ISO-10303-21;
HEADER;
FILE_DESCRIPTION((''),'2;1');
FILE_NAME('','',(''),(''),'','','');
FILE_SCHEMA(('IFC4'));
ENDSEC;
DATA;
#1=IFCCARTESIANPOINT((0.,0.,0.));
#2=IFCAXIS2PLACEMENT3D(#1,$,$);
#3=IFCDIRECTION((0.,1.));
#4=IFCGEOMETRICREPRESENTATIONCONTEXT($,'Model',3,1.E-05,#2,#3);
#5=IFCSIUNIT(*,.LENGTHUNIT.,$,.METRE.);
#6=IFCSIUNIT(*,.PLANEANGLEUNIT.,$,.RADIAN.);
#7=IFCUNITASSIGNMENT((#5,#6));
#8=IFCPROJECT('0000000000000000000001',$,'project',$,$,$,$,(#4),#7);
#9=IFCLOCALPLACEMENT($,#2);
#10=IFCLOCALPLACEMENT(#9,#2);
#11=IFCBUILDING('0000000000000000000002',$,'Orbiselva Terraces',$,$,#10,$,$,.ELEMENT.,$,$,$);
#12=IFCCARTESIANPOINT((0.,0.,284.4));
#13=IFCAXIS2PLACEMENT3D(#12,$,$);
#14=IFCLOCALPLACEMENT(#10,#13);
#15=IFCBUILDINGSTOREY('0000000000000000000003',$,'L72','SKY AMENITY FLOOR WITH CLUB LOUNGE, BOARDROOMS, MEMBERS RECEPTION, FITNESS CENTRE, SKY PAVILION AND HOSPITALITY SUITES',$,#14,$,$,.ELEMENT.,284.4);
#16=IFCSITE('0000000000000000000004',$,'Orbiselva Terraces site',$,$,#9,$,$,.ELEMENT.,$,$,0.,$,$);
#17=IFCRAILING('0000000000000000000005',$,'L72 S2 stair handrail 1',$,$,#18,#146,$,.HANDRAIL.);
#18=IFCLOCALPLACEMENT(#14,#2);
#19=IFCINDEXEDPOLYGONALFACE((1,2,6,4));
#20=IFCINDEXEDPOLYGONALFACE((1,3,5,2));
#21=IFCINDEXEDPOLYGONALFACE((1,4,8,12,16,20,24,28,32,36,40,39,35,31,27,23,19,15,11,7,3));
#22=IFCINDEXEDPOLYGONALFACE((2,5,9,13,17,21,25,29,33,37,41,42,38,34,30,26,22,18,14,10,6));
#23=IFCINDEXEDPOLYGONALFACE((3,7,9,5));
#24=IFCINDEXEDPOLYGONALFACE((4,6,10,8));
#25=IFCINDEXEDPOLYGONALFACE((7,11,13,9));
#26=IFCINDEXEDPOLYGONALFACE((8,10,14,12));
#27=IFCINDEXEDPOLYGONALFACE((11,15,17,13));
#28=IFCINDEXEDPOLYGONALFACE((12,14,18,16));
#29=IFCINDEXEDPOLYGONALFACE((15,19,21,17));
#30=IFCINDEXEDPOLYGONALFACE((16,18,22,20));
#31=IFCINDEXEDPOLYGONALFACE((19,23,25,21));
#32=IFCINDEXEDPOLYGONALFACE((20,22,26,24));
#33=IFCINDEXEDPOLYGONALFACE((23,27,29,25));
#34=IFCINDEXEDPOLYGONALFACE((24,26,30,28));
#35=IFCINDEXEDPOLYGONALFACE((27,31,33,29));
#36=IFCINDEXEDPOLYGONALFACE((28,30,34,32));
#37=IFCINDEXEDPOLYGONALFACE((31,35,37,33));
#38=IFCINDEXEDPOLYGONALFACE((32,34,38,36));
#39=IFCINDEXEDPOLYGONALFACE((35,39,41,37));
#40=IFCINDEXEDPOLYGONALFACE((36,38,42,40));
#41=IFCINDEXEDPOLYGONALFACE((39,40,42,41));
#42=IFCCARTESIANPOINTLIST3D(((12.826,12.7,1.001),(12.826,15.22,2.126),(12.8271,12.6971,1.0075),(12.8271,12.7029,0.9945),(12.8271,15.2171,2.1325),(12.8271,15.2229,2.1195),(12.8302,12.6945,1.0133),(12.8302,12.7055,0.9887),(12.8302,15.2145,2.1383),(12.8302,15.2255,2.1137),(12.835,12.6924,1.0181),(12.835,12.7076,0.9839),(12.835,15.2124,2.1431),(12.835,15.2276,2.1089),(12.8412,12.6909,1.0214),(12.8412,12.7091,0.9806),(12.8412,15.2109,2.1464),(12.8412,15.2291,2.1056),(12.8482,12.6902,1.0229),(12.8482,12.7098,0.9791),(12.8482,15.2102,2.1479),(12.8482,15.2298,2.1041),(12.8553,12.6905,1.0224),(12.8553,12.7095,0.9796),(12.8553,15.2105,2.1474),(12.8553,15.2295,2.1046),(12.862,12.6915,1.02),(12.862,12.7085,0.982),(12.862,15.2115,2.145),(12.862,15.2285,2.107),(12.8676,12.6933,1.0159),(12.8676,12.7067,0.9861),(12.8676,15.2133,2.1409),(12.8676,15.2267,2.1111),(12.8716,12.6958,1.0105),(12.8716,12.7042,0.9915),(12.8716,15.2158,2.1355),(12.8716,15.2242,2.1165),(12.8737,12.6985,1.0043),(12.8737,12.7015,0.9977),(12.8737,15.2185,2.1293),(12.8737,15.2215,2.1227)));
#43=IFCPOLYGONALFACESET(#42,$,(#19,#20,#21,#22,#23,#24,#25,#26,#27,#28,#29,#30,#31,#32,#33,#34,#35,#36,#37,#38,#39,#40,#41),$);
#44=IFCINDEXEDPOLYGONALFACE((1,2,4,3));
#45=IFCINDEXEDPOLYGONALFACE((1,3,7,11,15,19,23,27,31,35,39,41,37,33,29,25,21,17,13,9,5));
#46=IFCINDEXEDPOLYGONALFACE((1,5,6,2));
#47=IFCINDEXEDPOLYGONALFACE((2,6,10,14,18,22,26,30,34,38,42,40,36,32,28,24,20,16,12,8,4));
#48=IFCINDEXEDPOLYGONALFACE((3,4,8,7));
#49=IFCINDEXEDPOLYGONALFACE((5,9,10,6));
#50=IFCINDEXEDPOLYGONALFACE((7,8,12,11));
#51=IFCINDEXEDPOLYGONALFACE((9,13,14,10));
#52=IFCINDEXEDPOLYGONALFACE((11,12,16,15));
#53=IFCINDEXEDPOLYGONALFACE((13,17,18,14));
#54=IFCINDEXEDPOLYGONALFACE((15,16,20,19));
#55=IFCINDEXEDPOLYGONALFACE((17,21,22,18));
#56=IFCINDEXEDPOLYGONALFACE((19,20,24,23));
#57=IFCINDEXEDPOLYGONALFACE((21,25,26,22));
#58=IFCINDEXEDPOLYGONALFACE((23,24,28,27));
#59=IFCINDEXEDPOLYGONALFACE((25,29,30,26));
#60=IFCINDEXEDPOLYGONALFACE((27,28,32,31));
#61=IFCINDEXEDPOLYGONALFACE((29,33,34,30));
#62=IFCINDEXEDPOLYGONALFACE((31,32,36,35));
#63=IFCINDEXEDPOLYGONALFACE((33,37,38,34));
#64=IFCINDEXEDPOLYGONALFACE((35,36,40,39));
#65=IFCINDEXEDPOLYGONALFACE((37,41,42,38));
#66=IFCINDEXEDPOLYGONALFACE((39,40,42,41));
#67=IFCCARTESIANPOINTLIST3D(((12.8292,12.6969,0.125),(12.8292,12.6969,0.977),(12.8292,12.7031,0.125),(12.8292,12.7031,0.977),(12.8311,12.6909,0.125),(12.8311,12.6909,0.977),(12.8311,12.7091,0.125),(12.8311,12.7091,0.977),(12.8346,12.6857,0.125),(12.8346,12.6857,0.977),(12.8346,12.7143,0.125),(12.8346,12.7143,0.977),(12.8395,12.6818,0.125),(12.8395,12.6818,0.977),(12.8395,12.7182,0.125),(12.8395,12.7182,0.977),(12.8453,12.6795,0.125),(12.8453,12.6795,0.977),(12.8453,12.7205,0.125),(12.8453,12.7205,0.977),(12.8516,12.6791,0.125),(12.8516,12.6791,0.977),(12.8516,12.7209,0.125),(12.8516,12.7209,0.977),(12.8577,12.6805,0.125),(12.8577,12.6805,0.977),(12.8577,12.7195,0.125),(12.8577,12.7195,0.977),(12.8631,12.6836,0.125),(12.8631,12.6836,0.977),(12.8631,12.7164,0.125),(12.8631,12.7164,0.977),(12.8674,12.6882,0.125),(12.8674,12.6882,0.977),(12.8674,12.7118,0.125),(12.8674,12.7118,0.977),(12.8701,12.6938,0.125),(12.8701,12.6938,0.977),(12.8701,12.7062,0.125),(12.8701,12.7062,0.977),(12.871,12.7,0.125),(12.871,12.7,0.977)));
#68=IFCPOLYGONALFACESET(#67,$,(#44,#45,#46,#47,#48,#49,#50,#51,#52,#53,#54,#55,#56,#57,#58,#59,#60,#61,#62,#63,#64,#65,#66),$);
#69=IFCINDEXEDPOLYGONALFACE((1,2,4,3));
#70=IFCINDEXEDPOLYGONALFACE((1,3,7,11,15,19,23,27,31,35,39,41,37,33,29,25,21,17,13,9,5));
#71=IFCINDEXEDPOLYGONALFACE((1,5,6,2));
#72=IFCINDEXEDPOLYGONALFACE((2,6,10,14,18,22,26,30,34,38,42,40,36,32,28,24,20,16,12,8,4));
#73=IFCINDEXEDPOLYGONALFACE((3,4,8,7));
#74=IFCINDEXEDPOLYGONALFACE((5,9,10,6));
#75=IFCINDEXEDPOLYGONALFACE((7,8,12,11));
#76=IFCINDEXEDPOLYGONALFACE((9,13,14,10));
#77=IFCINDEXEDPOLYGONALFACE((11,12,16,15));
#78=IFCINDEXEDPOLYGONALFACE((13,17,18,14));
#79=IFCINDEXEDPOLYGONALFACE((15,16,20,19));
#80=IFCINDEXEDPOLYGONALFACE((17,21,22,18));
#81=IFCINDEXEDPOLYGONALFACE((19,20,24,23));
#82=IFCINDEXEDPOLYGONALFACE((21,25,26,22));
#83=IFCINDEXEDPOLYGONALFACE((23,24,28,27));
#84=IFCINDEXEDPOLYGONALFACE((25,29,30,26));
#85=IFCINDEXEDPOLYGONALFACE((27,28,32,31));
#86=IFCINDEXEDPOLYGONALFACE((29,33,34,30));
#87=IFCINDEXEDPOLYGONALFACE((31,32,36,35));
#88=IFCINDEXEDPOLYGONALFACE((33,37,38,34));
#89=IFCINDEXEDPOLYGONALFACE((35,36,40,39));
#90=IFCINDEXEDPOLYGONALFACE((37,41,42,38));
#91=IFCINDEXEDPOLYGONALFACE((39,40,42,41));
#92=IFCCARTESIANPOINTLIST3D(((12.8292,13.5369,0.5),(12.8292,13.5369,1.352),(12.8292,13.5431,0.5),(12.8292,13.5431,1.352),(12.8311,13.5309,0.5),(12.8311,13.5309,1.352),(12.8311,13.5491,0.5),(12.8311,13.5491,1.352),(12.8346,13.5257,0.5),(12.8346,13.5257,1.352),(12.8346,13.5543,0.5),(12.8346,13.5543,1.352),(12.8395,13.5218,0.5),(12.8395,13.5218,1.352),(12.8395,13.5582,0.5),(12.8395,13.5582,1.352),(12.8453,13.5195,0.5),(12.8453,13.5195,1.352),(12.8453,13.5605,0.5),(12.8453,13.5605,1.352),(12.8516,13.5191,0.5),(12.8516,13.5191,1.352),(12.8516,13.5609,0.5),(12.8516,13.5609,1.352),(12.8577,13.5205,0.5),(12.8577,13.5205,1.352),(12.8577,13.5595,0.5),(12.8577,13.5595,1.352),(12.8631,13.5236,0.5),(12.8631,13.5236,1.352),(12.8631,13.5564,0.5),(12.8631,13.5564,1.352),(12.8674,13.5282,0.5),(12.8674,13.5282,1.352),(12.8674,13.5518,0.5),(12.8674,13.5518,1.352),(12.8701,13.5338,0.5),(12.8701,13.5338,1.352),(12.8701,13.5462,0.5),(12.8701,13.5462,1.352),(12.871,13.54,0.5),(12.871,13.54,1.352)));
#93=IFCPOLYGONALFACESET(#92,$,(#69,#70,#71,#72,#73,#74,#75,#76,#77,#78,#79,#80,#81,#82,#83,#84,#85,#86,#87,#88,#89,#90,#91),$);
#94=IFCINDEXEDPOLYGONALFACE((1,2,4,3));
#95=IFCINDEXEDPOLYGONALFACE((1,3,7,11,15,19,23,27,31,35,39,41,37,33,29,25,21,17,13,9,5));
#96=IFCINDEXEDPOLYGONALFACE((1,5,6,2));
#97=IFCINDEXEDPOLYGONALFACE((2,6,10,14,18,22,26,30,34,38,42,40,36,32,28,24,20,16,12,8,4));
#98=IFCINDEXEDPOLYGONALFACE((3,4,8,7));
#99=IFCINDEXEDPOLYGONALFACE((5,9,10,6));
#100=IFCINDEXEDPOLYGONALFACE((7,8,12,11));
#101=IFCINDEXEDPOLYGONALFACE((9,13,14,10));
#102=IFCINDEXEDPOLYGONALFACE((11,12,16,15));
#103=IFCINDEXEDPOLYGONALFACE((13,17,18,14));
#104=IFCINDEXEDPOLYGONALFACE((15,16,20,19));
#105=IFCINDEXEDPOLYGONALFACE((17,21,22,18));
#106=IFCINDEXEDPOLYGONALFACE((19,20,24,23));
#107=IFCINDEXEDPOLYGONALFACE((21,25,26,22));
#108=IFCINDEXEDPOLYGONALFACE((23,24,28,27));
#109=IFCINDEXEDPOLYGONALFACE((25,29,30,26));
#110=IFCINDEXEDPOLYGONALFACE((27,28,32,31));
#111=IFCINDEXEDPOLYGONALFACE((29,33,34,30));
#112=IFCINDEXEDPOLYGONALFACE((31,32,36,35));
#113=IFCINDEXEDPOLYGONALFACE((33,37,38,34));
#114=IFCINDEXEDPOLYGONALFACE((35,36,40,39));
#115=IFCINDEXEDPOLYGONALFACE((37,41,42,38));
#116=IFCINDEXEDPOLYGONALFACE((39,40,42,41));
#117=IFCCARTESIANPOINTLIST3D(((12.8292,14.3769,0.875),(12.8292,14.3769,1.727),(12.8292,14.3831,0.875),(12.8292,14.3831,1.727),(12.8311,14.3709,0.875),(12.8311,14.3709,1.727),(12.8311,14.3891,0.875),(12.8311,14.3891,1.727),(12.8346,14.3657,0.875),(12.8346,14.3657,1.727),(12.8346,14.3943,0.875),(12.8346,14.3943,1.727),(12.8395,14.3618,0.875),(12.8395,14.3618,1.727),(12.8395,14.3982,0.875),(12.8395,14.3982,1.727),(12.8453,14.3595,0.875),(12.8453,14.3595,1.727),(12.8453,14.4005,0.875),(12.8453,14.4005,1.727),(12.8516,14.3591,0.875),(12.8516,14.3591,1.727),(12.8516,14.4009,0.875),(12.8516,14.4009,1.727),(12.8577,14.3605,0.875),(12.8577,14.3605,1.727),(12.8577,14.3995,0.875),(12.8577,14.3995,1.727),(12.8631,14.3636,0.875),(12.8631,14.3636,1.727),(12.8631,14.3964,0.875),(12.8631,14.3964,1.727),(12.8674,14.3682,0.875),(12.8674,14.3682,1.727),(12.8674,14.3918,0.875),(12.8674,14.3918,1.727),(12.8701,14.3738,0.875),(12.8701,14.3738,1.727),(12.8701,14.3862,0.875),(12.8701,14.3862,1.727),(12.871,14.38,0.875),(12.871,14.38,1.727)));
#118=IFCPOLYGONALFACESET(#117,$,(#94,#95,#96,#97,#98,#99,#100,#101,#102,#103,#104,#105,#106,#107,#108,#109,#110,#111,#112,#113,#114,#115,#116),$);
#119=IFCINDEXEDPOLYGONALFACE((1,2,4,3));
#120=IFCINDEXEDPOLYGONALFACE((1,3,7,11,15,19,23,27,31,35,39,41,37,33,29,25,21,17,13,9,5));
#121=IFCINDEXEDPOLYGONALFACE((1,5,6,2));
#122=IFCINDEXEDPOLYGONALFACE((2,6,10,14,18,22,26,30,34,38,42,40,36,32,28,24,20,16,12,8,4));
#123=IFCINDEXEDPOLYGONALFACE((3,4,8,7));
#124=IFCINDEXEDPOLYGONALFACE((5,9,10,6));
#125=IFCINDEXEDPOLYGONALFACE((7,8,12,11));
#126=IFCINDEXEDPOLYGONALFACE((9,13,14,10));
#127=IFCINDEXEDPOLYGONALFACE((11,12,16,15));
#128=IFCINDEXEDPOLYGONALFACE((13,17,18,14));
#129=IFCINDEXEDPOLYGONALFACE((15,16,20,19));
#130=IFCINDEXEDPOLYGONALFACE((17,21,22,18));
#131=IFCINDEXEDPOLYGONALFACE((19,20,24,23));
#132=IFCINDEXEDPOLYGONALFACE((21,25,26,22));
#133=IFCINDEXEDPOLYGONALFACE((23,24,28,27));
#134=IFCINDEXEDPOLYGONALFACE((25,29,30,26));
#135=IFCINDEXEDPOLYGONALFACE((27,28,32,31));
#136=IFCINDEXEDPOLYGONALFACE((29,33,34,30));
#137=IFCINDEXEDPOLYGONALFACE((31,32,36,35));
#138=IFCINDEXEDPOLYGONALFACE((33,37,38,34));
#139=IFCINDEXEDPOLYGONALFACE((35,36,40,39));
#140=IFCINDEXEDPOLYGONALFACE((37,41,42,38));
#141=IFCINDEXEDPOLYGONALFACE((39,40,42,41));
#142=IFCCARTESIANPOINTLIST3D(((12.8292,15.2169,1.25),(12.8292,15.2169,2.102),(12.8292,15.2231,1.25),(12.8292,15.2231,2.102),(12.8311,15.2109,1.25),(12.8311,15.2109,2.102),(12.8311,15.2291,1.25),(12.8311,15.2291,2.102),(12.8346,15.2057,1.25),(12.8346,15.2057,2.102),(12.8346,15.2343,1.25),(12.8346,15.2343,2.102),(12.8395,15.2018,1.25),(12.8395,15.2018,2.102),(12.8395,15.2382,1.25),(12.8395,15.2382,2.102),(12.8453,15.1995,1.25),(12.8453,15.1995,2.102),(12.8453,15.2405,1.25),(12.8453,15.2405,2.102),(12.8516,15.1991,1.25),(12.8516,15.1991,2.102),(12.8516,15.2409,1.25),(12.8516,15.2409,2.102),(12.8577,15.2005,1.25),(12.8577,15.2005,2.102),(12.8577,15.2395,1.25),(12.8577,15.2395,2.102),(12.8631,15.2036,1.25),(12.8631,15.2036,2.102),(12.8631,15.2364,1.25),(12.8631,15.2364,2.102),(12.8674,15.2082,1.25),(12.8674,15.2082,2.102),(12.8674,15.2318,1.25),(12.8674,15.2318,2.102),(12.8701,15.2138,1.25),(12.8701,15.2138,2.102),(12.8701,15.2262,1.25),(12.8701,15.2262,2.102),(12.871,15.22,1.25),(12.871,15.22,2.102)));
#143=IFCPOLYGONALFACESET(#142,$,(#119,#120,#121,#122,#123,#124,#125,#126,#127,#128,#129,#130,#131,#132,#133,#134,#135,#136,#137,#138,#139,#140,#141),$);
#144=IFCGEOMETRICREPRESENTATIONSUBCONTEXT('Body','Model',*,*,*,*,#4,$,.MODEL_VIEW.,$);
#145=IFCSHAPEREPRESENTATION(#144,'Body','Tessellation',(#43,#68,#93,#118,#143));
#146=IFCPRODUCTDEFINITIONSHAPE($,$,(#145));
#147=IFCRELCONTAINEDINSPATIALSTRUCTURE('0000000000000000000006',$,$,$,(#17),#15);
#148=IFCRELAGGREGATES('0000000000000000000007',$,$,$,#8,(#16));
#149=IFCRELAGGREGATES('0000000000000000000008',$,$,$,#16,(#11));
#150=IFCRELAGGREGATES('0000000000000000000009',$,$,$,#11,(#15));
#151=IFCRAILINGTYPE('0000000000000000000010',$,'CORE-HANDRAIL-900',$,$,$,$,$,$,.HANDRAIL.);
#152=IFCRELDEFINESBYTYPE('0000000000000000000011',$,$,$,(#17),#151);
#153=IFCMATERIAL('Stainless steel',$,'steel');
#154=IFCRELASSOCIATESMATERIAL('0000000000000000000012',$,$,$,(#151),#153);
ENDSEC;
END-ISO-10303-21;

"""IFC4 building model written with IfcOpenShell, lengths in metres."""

from ifc_helpers import new_model, si_unit, direction, frame, origin, origin_2d, place, context, subcontext, project, spatial, circle, extrude, material, type_object, element, save


model = new_model("IFC4")

# Units and contexts
model_context = context("Model", 3, precision=1e-05, world=origin(), true_north=direction((0.0, 1.0)))
body_context = subcontext(model_context, "Body", "Model", "MODEL_VIEW")
ifc_project = project(units=[si_unit("LENGTHUNIT", "METRE"), si_unit("PLANEANGLEUNIT", "RADIAN")], contexts=[model_context])

# Site, building, storey
site_placement = place(None, origin())
site = spatial("IfcSite", under=ifc_project, at=site_placement, Name="Orbiselva Terraces site", CompositionType="ELEMENT", RefElevation=0.0)
building_placement = place(site_placement, origin())
building = spatial("IfcBuilding", under=site, at=building_placement, Name="Orbiselva Terraces", CompositionType="ELEMENT")
storey_placement = place(building_placement, frame((0.0, 0.0, 284.4)))
storey = spatial("IfcBuildingStorey", under=building, at=storey_placement, Name="L72", Description="SKY AMENITY FLOOR WITH CLUB LOUNGE, BOARDROOMS, MEMBERS RECEPTION, FITNESS CENTRE, SKY PAVILION AND HOSPITALITY SUITES", CompositionType="ELEMENT", Elevation=284.4)

# Railing
ifc_material_1 = material(Name="Stainless steel", Category="steel")
railing_type_1 = type_object("IfcRailingType", Name="CORE-HANDRAIL-900", PredefinedType="HANDRAIL", material=ifc_material_1)
for number, where, name in (
    (1, (12.85, 12.7, 0.125), "L72 S2 stair handrail 1"),
):
    element("IfcRailing", number, at=place(storey_placement, frame(where)), inside=storey, type_object=railing_type_1, Name=name, PredefinedType="HANDRAIL", context=body_context, shape_type="SweptSolid", body=[
        extrude(circle(Radius=0.024, at=origin_2d()), frame((0.0, 0.0, 0.876), z_axis=(0.0, 0.913138, 0.407651), x_axis=(-1.0, 0.0, 0.0)), (0.0, 0.0, 1.0), 2.7597),
        extrude(circle(Radius=0.021, at=origin_2d()), origin(), (0.0, 0.0, 1.0), 0.852),
        extrude(circle(Radius=0.021, at=origin_2d()), frame((0.0, 0.84, 0.375)), (0.0, 0.0, 1.0), 0.852),
        extrude(circle(Radius=0.021, at=origin_2d()), frame((0.0, 1.68, 0.75)), (0.0, 0.0, 1.0), 0.852),
        extrude(circle(Radius=0.021, at=origin_2d()), frame((0.0, 2.52, 1.125)), (0.0, 0.0, 1.0), 0.852),
    ])

save(model, "model.ifc")
